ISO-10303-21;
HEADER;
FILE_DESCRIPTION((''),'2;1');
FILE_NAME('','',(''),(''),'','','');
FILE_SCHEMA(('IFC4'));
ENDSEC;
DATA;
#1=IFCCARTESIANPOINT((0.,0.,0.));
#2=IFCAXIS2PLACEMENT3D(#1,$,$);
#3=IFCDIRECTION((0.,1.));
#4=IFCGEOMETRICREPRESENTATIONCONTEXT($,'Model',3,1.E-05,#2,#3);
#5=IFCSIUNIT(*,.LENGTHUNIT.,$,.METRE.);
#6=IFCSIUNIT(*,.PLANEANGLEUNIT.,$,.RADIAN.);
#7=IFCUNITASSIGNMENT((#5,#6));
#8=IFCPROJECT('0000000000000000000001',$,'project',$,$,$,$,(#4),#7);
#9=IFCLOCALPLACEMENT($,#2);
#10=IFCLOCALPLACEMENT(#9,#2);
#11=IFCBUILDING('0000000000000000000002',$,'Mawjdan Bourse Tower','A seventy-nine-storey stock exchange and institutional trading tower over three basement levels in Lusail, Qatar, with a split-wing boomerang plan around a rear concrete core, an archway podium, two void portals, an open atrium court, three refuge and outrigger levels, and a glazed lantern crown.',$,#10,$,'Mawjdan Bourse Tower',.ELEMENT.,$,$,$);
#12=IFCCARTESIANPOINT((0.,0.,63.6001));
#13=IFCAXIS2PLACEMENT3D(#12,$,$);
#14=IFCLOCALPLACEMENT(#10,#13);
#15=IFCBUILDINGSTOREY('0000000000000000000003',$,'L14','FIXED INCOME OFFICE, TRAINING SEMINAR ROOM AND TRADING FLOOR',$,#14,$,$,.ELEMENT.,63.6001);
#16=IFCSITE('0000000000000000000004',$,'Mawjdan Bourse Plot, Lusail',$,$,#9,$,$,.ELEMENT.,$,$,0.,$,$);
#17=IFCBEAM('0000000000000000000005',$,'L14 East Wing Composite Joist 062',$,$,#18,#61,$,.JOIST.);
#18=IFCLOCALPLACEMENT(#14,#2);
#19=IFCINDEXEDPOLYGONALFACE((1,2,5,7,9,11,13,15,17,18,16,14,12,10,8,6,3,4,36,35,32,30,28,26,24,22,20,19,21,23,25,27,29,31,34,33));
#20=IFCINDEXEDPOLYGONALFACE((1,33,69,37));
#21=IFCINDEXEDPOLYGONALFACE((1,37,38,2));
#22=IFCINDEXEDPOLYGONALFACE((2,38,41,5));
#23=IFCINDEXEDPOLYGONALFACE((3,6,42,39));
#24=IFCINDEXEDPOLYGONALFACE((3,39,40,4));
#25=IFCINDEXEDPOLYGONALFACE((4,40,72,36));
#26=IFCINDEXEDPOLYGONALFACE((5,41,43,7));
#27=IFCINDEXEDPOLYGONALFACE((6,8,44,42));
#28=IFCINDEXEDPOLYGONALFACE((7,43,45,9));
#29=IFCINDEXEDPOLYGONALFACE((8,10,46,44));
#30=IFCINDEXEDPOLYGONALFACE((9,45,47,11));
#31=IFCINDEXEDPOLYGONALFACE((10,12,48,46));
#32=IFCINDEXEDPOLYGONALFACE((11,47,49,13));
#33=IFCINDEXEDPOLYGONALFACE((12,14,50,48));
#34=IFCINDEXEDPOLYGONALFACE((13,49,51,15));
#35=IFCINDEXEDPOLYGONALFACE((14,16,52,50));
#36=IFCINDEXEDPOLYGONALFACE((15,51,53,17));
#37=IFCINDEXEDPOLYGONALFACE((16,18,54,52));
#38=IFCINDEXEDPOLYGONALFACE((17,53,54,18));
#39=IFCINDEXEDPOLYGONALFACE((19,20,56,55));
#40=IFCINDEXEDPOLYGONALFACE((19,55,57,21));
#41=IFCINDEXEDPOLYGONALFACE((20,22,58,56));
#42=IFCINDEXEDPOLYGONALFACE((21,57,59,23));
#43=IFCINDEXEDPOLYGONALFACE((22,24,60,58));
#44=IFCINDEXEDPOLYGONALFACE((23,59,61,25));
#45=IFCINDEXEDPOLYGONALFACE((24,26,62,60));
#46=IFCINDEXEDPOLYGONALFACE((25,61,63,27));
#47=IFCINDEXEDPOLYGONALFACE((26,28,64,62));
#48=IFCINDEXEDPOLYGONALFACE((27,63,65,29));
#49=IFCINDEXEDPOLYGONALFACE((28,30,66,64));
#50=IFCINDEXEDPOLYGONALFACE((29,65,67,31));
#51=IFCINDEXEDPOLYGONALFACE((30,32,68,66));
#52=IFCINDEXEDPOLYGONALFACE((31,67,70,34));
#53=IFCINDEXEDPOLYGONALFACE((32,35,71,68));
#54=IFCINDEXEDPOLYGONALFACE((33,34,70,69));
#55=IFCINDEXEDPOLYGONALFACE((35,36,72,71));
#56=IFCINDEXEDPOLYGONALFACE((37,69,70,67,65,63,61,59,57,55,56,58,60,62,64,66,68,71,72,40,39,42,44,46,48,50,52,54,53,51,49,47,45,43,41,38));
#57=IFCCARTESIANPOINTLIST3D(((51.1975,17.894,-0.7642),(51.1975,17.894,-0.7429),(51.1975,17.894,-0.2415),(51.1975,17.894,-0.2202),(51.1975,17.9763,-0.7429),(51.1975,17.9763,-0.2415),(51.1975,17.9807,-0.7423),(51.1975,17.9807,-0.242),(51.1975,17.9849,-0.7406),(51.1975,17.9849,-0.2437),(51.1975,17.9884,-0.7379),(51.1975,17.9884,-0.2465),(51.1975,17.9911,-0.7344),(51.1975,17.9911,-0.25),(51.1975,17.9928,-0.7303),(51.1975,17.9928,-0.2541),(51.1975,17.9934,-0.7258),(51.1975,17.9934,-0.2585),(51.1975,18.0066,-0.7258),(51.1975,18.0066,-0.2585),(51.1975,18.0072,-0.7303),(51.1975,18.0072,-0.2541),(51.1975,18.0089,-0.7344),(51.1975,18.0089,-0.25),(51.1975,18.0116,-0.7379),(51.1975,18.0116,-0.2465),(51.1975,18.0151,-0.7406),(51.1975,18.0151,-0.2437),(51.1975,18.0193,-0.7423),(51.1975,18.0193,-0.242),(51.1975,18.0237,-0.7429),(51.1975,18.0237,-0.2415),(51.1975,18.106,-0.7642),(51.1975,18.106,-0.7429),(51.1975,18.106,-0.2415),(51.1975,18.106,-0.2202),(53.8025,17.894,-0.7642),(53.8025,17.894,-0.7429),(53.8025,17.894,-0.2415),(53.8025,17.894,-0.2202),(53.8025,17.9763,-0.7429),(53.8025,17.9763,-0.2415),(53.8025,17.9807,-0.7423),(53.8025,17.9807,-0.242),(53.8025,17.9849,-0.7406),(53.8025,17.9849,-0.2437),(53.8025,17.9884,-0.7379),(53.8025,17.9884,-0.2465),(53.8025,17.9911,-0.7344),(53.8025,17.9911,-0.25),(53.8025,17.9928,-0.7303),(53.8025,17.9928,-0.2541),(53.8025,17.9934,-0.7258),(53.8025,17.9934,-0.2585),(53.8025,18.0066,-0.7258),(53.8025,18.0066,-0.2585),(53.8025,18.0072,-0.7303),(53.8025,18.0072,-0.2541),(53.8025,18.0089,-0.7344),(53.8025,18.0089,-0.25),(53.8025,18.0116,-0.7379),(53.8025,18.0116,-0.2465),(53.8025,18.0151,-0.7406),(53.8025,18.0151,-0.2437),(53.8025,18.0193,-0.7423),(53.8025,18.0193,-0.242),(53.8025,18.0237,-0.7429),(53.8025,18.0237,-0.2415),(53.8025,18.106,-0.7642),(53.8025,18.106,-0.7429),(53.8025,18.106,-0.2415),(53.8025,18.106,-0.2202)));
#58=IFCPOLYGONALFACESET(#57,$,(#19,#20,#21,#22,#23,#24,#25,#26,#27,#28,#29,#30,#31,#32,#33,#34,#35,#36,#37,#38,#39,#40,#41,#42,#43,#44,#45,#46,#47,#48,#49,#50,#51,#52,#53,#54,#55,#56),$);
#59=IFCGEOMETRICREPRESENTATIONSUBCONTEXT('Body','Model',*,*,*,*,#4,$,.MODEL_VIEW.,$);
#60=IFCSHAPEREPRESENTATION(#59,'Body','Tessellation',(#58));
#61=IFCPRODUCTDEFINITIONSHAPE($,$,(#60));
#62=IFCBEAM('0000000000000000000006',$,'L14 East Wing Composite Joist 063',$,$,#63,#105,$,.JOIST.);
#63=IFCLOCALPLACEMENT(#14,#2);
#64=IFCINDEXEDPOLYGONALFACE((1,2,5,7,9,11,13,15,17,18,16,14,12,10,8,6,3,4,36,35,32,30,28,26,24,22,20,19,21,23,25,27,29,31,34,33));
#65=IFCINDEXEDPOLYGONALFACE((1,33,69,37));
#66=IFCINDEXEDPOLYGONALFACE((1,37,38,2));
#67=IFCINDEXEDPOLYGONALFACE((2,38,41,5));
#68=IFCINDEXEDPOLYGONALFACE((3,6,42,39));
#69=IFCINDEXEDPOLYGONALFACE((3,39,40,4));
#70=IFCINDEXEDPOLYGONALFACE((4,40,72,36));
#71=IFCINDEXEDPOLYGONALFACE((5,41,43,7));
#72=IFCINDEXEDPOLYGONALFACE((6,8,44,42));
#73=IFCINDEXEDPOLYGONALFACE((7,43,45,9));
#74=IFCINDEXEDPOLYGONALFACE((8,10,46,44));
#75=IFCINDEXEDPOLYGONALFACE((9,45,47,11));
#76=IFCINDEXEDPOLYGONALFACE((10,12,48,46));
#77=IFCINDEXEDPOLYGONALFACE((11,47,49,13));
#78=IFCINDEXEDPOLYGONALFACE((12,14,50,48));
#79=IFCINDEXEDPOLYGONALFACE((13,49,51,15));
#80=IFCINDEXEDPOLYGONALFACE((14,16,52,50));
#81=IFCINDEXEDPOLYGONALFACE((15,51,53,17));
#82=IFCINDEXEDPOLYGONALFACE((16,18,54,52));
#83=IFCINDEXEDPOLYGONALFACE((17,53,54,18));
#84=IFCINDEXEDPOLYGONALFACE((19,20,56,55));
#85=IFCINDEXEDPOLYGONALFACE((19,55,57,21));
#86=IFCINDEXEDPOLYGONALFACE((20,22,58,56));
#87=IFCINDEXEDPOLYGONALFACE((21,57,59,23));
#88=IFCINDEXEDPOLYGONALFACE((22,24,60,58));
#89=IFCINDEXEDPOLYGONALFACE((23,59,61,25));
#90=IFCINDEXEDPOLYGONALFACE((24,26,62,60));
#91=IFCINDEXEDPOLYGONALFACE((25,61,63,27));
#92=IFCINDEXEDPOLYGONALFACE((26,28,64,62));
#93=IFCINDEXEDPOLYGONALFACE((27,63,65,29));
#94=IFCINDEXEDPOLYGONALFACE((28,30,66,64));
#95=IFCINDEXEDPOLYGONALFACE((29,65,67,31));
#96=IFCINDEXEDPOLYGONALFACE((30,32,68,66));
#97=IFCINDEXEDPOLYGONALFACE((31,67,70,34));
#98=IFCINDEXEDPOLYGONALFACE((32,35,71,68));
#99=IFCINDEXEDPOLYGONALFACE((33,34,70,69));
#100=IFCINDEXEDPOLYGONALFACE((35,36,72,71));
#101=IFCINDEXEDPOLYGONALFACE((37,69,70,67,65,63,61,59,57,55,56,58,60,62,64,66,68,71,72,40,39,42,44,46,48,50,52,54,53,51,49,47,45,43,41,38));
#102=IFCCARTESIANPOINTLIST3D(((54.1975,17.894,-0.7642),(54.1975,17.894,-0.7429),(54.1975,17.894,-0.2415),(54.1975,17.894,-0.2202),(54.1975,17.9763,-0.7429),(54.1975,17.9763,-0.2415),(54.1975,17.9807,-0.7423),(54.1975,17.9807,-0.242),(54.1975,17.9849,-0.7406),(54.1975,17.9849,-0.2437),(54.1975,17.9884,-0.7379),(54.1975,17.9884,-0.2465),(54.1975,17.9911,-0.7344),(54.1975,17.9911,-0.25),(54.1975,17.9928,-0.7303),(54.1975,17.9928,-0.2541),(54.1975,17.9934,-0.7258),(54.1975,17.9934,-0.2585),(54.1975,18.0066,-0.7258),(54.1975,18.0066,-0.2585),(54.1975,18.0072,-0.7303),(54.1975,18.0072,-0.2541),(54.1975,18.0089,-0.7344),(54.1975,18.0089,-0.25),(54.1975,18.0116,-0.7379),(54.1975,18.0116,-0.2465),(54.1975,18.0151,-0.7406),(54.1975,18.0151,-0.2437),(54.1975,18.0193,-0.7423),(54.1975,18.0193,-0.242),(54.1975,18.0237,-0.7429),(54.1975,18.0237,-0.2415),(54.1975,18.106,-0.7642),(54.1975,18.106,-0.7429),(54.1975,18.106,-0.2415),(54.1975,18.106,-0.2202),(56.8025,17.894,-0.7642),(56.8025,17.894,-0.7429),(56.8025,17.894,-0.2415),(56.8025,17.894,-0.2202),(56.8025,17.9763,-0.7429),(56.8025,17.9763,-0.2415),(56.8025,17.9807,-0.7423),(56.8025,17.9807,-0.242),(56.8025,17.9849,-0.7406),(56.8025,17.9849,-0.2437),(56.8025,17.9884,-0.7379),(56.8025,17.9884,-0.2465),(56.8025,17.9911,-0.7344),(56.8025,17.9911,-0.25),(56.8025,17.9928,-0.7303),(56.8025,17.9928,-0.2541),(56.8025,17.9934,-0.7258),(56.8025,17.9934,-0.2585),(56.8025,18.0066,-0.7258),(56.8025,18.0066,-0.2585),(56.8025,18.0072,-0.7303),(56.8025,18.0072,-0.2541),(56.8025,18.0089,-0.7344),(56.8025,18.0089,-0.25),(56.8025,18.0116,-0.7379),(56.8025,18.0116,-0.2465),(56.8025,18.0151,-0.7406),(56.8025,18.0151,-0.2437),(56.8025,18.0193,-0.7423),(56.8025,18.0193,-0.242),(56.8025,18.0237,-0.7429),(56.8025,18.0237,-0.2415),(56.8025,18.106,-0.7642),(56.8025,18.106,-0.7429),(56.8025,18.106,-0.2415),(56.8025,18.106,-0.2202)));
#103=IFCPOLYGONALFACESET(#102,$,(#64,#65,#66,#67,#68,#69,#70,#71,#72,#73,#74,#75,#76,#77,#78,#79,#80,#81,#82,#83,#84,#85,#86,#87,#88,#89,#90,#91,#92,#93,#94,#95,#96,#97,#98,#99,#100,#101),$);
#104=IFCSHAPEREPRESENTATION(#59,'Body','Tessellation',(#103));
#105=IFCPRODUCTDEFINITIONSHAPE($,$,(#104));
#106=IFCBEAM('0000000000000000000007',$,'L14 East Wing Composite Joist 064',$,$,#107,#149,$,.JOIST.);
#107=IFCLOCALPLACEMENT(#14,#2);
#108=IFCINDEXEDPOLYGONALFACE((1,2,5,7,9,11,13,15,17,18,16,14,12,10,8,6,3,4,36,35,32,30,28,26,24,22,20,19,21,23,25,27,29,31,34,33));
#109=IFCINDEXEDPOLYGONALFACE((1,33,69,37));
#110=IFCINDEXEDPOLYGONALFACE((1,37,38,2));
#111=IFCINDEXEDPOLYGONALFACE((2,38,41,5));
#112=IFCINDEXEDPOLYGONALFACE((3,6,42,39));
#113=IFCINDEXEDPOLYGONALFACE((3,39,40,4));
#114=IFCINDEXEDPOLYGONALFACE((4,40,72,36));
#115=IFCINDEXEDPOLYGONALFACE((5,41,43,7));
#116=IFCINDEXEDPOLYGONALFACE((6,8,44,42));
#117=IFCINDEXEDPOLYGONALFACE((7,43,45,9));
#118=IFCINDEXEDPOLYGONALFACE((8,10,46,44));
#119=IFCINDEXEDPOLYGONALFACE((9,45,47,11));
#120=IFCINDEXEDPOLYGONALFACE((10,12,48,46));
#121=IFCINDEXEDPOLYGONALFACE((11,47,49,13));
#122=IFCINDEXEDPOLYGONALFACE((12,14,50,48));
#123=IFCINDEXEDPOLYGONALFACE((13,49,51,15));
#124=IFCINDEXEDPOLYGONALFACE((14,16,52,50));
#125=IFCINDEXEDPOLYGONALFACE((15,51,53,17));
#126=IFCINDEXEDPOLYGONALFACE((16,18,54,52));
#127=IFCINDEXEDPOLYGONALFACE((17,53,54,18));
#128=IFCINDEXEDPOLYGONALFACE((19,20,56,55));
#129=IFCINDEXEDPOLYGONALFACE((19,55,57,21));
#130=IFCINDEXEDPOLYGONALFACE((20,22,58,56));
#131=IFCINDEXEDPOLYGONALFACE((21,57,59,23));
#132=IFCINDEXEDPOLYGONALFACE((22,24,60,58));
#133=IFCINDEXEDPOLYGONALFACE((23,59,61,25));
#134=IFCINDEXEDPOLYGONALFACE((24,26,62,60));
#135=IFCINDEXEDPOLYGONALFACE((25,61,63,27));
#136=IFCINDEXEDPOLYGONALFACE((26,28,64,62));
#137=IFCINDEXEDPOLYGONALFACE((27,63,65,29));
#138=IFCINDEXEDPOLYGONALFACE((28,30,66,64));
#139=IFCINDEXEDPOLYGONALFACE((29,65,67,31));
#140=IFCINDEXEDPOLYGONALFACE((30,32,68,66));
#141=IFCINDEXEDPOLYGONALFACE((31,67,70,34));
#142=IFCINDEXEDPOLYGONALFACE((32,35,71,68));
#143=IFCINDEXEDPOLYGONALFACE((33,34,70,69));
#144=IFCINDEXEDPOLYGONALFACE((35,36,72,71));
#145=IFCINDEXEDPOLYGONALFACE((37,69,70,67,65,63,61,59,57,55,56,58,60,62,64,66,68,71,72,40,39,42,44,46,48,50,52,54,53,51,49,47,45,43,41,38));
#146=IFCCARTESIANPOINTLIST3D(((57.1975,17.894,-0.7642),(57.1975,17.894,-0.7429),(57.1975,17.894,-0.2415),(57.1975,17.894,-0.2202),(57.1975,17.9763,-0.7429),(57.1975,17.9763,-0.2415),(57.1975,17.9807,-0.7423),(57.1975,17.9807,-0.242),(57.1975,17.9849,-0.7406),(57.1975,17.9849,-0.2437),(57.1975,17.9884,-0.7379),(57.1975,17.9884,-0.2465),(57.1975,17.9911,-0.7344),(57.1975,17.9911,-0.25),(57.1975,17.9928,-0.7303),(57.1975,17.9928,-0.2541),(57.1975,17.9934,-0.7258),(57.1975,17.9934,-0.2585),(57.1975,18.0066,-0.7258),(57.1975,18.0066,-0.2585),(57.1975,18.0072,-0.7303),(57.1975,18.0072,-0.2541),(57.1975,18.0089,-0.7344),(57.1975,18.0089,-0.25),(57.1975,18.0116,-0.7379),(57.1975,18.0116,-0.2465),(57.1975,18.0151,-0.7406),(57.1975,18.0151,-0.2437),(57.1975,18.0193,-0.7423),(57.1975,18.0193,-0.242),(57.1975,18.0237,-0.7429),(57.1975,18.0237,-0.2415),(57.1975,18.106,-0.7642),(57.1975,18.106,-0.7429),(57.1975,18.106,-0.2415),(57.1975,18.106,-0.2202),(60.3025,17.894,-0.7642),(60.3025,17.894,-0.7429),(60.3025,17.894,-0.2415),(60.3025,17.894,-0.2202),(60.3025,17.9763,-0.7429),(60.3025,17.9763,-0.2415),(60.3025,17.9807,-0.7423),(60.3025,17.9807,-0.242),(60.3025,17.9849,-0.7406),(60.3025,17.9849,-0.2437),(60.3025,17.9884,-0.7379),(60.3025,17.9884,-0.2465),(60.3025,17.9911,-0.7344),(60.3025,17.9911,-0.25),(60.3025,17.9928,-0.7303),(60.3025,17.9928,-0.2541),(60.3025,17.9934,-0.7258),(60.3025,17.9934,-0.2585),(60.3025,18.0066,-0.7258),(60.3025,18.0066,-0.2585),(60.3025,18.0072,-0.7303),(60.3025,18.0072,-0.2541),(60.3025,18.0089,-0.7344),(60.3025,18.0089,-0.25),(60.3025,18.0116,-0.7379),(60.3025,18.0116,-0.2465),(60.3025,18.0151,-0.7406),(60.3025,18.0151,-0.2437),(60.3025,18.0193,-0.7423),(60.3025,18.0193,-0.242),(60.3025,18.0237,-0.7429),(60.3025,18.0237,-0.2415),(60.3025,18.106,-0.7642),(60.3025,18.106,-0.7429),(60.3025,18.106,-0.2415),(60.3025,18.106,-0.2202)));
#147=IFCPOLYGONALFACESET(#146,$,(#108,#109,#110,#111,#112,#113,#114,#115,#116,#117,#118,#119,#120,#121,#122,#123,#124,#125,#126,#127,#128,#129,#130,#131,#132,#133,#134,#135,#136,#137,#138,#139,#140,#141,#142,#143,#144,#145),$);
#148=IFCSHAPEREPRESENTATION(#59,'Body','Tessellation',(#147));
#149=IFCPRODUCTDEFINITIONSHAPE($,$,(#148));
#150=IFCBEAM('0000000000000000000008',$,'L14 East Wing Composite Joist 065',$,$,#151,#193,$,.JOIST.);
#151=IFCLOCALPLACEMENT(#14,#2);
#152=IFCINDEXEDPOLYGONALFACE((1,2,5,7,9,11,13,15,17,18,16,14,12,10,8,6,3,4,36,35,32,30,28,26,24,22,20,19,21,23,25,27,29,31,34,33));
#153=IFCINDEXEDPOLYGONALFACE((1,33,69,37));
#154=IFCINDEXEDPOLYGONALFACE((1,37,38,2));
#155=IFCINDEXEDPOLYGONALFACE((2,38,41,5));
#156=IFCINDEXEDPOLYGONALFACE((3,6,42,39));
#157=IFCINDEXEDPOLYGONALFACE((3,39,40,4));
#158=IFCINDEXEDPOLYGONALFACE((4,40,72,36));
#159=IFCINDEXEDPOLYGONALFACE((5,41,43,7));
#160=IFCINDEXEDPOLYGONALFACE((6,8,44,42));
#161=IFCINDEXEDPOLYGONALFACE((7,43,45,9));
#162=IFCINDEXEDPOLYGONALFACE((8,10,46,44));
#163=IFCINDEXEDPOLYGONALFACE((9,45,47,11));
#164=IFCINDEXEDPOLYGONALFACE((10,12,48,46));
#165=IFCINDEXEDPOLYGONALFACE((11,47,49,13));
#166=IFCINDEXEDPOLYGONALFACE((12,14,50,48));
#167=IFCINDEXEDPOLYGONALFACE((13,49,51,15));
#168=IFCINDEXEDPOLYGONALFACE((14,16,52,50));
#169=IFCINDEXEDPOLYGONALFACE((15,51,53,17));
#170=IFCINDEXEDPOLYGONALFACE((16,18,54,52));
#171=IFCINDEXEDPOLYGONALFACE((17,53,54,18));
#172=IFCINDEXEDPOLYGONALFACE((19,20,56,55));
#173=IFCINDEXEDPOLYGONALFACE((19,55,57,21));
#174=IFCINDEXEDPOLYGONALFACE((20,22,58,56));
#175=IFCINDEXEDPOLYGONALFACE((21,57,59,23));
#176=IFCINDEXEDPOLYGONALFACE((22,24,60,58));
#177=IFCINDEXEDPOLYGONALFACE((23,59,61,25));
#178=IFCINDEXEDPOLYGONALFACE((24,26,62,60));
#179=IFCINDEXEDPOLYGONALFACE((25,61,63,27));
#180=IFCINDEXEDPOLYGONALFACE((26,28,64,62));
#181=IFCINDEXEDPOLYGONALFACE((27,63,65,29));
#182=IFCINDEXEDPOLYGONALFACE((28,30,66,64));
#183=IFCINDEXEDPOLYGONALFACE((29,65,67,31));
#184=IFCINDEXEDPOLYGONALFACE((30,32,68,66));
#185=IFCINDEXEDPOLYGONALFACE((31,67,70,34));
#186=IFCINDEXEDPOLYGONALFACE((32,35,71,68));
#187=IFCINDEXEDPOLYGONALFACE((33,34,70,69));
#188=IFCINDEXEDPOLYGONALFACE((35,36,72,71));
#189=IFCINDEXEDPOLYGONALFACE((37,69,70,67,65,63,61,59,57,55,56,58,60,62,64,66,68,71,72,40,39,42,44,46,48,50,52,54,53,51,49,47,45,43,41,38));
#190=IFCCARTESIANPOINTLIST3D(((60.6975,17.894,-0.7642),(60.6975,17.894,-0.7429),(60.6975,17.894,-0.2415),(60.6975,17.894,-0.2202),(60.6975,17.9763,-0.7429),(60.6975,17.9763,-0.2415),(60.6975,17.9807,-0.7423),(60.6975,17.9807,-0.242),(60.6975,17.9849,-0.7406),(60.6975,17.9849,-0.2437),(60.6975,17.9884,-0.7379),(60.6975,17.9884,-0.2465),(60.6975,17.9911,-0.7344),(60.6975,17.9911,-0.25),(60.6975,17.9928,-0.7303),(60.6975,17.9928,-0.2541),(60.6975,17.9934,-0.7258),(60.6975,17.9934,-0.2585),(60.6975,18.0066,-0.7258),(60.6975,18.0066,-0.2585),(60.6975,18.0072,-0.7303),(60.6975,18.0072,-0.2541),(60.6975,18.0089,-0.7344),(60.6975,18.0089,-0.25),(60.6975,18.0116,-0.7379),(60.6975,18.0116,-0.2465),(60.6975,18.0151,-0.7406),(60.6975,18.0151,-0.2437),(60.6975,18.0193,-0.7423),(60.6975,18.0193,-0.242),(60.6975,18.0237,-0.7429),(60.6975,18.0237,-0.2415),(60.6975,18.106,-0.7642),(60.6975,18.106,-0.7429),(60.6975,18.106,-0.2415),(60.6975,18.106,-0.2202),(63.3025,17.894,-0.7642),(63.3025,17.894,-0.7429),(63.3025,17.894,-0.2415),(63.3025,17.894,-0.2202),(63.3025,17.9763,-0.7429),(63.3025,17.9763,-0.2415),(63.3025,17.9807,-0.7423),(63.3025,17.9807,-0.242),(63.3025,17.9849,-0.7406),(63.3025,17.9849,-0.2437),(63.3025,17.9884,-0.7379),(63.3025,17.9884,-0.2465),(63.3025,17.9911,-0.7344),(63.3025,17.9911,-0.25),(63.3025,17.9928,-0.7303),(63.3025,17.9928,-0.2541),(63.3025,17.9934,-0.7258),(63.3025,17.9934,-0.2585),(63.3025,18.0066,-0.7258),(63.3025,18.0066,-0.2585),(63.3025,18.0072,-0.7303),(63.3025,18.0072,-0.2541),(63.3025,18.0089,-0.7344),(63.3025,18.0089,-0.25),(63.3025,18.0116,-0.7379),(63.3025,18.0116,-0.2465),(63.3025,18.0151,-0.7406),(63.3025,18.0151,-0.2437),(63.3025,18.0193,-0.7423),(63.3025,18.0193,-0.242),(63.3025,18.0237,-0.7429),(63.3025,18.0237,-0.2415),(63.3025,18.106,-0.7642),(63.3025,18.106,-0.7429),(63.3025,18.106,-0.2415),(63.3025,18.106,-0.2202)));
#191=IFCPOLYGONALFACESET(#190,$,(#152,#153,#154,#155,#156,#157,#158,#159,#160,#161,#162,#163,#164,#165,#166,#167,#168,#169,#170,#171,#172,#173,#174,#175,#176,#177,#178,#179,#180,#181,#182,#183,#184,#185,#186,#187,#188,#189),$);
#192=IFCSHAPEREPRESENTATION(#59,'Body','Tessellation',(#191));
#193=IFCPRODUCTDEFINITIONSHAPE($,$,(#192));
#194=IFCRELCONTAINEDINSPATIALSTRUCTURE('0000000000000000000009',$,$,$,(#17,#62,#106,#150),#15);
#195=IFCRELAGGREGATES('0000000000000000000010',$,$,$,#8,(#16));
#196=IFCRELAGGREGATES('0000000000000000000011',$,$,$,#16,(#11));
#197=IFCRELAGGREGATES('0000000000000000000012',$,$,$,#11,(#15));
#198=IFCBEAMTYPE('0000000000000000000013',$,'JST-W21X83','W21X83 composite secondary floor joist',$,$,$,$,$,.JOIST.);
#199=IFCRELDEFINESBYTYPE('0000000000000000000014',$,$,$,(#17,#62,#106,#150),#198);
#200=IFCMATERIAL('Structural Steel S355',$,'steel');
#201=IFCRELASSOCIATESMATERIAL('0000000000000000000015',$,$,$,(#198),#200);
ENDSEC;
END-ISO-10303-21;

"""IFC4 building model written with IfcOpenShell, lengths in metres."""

from ifc_helpers import new_model, si_unit, direction, frame, origin, origin_2d, place, context, subcontext, project, spatial, i_section, extrude, material, material_profile, profile_set, type_object, element, save


model = new_model("IFC4")

# Units and contexts
model_context = context("Model", 3, precision=1e-05, world=origin(), true_north=direction((0.0, 1.0)))
body_context = subcontext(model_context, "Body", "Model", "MODEL_VIEW")
ifc_project = project(units=[si_unit("LENGTHUNIT", "METRE"), si_unit("PLANEANGLEUNIT", "RADIAN")], contexts=[model_context])

# Site, building, storey
site_placement = place(None, origin())
site = spatial("IfcSite", under=ifc_project, at=site_placement, Name="Mawjdan Bourse Plot, Lusail", CompositionType="ELEMENT", RefElevation=0.0)
building_placement = place(site_placement, origin())
building = spatial("IfcBuilding", under=site, at=building_placement, Name="Mawjdan Bourse Tower", Description="A seventy-nine-storey stock exchange and institutional trading tower over three basement levels in Lusail, Qatar, with a split-wing boomerang plan around a rear concrete core, an archway podium, two void portals, an open atrium court, three refuge and outrigger levels, and a glazed lantern crown.", LongName="Mawjdan Bourse Tower", CompositionType="ELEMENT")
storey_placement = place(building_placement, frame((0.0, 0.0, 63.6001)))
storey = spatial("IfcBuildingStorey", under=building, at=storey_placement, Name="L14", Description="FIXED INCOME OFFICE, TRAINING SEMINAR ROOM AND TRADING FLOOR", CompositionType="ELEMENT", Elevation=63.6001)

# Beams
ifc_material_1 = material(Name="Structural Steel S355", Category="steel")
ifc_material_profile_1 = material_profile(ifc_material_1, i_section(OverallWidth=0.2119, OverallDepth=0.5439, WebThickness=0.0132, FlangeThickness=0.0212, FilletRadius=0.0171, at=origin_2d()), Name="W21X83")
ifc_profile_set_1 = profile_set([ifc_material_profile_1], Name="Structural Steel S355")
beam_type_1 = type_object("IfcBeamType", Name="JST-W21X83", Description="W21X83 composite secondary floor joist", PredefinedType="JOIST", material=ifc_profile_set_1)
for number, where, z_axis, x_axis, name in (
    (1, (51.1975, 18.0, -0.4922), (1.0, 0.0, 0.0), (0.0, 1.0, 0.0), "L14 East Wing Composite Joist 062"),
    (2, (54.1975, 18.0, -0.4922), (1.0, 0.0, 0.0), (0.0, 1.0, 0.0), "L14 East Wing Composite Joist 063"),
):
    element("IfcBeam", number, at=place(storey_placement, frame(where, z_axis=z_axis, x_axis=x_axis)), inside=storey, type_object=beam_type_1, Name=name, PredefinedType="JOIST", context=body_context, shape_type="SweptSolid", body=[
        extrude(i_section(OverallWidth=0.2119, OverallDepth=0.5439, WebThickness=0.0132, FlangeThickness=0.0212, FilletRadius=0.0171, at=origin_2d()), origin(), (0.0, 0.0, 1.0), 2.605),
    ])
beam_1_placement = place(storey_placement, frame((57.1975, 18.0, -0.4922), z_axis=(1.0, 0.0, 0.0), x_axis=(0.0, 1.0, 0.0)))
element("IfcBeam", 3, at=beam_1_placement, inside=storey, type_object=beam_type_1, Name="L14 East Wing Composite Joist 064", PredefinedType="JOIST", context=body_context, shape_type="SweptSolid", body=[
    extrude(i_section(OverallWidth=0.2119, OverallDepth=0.5439, WebThickness=0.0132, FlangeThickness=0.0212, FilletRadius=0.0171, at=origin_2d()), origin(), (0.0, 0.0, 1.0), 3.105),
])
beam_2_placement = place(storey_placement, frame((60.6975, 18.0, -0.4922), z_axis=(1.0, 0.0, 0.0), x_axis=(0.0, 1.0, 0.0)))
element("IfcBeam", 4, at=beam_2_placement, inside=storey, type_object=beam_type_1, Name="L14 East Wing Composite Joist 065", PredefinedType="JOIST", context=body_context, shape_type="SweptSolid", body=[
    extrude(i_section(OverallWidth=0.2119, OverallDepth=0.5439, WebThickness=0.0132, FlangeThickness=0.0212, FilletRadius=0.0171, at=origin_2d()), origin(), (0.0, 0.0, 1.0), 2.605),
])

save(model, "model.ifc")
